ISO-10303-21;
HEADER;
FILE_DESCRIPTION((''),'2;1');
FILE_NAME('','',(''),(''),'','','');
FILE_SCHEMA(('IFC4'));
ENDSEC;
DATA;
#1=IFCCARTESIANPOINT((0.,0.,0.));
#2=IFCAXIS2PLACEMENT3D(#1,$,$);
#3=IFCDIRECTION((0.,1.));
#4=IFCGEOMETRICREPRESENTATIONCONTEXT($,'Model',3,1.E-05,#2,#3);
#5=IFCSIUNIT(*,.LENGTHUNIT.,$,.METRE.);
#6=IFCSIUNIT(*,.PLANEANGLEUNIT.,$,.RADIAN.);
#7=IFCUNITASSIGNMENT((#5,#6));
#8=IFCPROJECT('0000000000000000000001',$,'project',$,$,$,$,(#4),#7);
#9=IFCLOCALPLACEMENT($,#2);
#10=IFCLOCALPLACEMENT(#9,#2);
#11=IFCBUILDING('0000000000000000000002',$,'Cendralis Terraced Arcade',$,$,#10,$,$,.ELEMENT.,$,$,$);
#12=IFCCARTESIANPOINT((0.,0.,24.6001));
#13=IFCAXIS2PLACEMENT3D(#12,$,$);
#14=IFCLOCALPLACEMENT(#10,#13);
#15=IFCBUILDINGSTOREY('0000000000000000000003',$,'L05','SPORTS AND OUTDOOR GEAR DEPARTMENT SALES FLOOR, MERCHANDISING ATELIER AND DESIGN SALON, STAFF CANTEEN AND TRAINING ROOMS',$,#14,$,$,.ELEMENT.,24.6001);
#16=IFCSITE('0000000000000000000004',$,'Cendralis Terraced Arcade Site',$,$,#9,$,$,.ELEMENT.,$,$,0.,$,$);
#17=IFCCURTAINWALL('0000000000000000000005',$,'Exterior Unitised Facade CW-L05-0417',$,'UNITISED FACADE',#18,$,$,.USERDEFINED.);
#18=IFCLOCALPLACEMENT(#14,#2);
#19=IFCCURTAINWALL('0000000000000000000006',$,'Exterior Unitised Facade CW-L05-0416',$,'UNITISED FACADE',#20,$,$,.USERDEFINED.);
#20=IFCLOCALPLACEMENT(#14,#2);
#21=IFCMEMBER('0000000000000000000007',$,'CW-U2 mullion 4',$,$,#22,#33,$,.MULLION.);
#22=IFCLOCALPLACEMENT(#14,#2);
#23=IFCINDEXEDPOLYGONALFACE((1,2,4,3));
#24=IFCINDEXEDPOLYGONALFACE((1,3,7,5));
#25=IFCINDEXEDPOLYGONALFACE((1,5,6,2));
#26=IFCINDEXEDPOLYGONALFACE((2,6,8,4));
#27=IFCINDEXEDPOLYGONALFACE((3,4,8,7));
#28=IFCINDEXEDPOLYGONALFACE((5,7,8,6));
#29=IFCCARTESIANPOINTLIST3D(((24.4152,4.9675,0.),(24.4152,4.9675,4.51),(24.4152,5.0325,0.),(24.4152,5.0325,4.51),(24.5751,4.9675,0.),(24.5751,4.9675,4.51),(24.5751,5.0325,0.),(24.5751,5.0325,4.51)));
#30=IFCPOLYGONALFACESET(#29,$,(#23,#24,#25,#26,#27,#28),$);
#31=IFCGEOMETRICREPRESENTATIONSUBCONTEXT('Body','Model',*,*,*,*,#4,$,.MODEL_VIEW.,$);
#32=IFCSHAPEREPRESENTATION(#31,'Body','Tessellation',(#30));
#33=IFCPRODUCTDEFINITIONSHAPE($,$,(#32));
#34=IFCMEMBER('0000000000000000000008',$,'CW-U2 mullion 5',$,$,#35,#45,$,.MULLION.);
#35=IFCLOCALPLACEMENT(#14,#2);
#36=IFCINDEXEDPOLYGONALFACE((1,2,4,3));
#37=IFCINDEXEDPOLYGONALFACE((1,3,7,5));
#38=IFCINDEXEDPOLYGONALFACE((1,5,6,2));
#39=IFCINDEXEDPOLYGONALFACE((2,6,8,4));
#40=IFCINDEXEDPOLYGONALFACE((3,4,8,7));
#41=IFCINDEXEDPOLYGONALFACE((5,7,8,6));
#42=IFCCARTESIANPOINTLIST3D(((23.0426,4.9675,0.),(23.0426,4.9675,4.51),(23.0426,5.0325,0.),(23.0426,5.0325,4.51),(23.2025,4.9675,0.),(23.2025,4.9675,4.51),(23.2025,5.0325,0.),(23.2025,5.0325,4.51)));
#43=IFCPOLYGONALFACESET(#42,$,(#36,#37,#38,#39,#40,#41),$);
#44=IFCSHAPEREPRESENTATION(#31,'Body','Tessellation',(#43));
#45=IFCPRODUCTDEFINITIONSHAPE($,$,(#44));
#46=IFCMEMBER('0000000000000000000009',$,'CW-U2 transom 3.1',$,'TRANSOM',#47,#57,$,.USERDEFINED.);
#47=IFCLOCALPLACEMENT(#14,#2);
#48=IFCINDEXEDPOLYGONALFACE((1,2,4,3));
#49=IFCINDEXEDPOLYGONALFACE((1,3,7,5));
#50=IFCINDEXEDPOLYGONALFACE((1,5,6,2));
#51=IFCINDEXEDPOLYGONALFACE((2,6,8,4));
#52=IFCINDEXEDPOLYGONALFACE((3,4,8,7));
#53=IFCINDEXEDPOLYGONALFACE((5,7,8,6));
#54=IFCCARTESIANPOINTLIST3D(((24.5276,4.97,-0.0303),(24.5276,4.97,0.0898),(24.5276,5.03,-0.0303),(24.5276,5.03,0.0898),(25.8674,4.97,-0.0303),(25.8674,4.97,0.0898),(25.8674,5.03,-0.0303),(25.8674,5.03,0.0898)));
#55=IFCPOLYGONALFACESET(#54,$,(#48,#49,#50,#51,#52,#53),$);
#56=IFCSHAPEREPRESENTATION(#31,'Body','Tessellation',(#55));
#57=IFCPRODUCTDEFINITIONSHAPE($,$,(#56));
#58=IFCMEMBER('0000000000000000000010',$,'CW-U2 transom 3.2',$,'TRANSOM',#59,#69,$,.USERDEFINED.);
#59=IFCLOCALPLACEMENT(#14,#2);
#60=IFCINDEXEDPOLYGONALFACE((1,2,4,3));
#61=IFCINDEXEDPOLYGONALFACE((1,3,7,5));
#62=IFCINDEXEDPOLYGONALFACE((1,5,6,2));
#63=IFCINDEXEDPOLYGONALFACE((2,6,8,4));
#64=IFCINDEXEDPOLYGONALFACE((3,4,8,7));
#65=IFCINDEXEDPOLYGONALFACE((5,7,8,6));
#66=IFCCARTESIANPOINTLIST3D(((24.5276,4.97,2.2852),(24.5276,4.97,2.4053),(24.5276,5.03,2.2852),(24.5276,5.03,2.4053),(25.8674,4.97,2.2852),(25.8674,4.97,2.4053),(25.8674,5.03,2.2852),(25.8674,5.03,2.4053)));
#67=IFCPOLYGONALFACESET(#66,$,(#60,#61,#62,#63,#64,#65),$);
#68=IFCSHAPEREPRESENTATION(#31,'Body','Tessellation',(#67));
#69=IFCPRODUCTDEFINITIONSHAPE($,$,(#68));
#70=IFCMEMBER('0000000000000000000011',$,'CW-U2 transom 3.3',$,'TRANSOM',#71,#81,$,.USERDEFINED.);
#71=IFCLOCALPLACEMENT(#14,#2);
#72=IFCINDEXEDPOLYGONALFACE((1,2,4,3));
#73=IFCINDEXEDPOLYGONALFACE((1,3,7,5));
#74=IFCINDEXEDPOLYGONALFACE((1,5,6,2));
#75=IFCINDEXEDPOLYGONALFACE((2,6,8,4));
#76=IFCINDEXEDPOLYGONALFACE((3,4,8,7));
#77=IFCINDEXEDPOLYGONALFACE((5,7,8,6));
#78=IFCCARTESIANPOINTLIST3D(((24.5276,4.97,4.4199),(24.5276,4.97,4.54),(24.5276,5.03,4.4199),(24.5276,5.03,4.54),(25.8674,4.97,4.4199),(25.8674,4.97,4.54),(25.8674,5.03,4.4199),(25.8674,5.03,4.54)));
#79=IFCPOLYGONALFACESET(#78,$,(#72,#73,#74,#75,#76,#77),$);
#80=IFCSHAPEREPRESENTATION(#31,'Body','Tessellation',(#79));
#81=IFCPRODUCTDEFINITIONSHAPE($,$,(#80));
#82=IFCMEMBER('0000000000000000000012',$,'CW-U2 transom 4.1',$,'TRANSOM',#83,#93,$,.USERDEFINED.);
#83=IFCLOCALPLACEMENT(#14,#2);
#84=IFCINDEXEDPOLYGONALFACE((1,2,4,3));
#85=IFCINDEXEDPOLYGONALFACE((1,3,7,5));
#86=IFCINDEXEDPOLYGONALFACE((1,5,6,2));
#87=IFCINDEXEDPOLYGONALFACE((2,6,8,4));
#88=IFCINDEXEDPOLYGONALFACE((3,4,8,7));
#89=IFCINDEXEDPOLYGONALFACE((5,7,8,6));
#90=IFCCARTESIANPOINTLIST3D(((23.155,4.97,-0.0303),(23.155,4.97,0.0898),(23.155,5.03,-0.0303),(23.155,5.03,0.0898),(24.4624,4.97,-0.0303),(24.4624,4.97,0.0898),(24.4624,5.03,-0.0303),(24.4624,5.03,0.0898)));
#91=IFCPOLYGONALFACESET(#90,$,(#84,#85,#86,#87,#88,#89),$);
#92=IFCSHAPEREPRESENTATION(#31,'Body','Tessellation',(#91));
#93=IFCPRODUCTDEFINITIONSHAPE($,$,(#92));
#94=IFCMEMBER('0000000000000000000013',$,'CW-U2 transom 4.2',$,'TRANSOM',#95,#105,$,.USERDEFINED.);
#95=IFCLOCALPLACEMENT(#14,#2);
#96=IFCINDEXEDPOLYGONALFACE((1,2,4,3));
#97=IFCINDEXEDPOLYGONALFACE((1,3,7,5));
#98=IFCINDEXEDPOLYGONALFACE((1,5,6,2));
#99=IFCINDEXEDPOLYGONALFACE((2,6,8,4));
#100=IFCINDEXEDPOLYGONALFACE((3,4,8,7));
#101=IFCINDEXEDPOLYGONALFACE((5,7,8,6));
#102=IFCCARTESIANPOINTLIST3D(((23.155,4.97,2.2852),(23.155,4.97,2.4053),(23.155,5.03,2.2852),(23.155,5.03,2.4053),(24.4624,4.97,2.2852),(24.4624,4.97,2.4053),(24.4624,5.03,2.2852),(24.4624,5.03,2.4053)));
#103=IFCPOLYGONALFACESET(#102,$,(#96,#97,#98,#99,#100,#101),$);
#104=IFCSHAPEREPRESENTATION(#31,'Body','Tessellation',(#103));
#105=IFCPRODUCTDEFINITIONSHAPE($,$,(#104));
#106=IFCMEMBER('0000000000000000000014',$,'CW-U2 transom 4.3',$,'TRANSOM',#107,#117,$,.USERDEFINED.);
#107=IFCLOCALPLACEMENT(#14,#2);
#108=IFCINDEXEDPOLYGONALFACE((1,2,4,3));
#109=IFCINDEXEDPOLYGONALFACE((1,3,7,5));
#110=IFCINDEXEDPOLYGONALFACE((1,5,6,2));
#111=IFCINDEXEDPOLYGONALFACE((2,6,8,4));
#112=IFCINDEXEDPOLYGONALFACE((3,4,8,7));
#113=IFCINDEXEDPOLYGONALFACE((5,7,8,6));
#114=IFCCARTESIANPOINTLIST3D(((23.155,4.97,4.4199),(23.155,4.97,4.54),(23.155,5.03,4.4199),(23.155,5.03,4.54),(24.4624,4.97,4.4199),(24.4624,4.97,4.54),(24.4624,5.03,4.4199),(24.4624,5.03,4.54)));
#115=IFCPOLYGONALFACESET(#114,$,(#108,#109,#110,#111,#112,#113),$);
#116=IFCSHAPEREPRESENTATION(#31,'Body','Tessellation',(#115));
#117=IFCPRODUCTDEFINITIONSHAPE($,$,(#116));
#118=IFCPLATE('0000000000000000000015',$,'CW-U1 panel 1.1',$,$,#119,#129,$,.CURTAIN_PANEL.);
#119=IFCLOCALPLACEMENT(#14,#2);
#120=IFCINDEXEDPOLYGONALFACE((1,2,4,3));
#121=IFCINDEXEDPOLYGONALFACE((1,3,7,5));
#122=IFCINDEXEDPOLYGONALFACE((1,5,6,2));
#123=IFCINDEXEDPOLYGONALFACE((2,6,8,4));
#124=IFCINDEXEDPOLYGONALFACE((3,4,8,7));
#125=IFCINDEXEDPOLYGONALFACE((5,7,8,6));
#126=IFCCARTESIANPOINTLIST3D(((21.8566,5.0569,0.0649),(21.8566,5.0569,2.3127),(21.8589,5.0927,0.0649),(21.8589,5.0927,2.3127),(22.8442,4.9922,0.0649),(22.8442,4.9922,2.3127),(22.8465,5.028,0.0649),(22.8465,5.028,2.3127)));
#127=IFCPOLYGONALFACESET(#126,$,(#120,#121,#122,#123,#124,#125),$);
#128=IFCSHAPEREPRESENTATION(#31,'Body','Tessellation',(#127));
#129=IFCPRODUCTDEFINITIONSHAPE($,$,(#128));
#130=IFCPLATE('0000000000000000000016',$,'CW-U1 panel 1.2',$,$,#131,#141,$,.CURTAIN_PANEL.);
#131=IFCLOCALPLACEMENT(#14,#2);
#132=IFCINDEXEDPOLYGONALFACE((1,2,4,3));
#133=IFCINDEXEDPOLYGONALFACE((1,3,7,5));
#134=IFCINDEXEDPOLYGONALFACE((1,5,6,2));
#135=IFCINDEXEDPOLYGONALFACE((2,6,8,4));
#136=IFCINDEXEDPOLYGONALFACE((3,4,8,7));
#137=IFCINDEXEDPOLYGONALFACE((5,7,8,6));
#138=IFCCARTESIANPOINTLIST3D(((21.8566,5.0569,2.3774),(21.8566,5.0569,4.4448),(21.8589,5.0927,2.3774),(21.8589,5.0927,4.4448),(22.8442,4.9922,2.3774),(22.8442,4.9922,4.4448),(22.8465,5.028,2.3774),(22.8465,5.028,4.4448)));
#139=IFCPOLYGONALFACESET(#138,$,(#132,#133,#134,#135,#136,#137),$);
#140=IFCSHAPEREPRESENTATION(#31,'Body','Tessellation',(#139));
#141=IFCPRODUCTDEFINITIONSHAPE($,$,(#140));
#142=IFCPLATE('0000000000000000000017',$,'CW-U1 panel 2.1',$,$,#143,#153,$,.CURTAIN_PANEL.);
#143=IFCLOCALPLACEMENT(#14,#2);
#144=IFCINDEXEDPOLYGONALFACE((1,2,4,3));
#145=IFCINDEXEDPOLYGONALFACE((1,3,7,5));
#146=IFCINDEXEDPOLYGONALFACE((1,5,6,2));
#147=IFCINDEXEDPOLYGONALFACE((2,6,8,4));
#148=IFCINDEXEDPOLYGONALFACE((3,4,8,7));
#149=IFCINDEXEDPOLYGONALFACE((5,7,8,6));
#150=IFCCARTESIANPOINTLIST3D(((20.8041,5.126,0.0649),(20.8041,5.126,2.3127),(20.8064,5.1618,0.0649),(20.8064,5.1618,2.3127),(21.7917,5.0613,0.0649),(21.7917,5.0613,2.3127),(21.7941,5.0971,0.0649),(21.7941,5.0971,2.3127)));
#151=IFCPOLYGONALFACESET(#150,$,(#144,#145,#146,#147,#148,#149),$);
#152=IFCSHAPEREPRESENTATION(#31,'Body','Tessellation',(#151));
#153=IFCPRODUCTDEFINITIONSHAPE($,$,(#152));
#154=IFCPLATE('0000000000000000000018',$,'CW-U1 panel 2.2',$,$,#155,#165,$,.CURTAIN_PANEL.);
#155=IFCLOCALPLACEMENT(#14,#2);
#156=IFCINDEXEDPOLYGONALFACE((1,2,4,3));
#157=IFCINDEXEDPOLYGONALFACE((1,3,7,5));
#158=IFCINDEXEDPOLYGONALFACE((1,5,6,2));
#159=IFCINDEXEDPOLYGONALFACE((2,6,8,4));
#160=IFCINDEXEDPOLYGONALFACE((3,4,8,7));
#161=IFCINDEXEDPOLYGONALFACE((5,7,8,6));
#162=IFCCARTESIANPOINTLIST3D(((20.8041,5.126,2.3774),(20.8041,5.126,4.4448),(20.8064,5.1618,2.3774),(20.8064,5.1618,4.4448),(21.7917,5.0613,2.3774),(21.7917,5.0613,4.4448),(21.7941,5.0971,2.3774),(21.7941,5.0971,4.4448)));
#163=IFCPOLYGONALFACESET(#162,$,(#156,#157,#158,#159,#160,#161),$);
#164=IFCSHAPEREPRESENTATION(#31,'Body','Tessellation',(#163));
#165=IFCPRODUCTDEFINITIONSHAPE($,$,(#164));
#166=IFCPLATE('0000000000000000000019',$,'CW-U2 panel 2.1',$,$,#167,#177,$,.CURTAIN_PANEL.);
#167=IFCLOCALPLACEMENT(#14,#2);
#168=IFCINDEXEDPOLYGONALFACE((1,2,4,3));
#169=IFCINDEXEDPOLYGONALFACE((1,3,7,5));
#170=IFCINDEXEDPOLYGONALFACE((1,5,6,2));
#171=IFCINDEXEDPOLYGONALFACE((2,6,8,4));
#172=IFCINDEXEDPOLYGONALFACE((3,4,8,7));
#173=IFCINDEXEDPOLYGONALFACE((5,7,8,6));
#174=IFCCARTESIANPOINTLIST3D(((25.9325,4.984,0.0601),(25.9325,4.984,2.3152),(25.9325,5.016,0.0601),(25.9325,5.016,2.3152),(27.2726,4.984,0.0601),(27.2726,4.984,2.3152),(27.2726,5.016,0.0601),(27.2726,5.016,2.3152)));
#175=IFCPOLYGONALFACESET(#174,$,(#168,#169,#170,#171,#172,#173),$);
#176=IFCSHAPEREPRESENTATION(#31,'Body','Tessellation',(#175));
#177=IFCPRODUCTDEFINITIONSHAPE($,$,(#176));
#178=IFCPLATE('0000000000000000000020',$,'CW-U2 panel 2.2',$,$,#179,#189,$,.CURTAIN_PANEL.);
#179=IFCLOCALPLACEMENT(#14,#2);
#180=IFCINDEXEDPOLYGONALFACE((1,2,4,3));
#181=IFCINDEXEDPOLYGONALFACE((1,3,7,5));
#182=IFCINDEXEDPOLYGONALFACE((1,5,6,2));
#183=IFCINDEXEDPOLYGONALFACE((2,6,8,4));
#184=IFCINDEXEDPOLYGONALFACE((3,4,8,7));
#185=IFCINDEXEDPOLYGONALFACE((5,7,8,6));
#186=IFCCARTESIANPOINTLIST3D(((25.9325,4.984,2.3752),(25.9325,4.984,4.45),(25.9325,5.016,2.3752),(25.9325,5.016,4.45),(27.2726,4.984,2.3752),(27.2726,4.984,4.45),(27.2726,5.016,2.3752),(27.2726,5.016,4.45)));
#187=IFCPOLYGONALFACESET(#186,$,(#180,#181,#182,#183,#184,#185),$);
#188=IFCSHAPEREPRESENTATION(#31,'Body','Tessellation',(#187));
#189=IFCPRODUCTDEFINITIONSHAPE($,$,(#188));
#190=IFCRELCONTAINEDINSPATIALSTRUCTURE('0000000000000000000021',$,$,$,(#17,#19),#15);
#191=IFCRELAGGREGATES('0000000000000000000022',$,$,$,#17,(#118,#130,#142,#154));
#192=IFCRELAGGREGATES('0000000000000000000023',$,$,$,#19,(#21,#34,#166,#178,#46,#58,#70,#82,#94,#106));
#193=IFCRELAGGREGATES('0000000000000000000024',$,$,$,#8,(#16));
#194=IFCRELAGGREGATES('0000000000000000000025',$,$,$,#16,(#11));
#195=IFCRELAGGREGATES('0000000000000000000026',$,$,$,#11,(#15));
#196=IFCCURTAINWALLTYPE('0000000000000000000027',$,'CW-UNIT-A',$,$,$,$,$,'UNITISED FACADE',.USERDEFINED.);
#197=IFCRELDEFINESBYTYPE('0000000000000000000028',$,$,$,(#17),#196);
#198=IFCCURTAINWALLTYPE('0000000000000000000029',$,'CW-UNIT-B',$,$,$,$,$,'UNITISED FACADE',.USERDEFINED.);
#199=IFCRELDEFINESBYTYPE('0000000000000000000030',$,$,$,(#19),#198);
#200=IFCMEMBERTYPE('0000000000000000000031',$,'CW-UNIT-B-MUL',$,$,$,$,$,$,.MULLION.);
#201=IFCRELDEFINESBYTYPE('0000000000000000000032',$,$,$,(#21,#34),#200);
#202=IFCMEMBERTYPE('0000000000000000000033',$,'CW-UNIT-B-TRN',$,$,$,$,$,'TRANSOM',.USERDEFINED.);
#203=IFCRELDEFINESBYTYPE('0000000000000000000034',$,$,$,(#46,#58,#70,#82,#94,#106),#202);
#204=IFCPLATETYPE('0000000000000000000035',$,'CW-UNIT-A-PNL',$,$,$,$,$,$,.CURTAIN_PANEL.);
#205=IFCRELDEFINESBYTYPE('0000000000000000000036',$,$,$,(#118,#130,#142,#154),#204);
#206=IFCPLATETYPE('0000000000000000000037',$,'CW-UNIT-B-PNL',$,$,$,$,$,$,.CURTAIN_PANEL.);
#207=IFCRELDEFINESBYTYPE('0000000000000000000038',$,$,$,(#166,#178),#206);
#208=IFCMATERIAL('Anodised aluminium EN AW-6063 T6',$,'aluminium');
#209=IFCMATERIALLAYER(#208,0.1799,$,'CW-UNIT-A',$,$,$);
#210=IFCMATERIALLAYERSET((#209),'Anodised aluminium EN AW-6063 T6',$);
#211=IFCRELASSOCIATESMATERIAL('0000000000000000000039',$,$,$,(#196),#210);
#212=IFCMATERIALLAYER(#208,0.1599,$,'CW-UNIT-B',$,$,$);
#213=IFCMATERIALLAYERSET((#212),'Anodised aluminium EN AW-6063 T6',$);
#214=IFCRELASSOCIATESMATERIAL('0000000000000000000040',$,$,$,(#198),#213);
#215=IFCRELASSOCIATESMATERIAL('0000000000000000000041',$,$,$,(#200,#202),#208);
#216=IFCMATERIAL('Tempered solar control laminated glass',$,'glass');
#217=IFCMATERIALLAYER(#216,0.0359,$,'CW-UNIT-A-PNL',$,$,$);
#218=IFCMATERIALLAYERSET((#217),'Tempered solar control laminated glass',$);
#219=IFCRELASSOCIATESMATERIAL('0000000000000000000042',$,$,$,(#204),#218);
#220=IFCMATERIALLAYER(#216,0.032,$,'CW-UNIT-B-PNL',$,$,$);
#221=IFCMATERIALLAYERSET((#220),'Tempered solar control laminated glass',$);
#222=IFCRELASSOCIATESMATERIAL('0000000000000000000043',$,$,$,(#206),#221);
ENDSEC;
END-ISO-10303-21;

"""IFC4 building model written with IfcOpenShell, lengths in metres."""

from ifc_helpers import new_model, si_unit, direction, frame, origin, origin_2d, place, context, subcontext, project, spatial, rectangle, extrude, material, layer, layer_set, material_profile, profile_set, type_object, element, aggregate, save


model = new_model("IFC4")

# Units and contexts
model_context = context("Model", 3, precision=1e-05, world=origin(), true_north=direction((0.0, 1.0)))
body_context = subcontext(model_context, "Body", "Model", "MODEL_VIEW")
ifc_project = project(units=[si_unit("LENGTHUNIT", "METRE"), si_unit("PLANEANGLEUNIT", "RADIAN")], contexts=[model_context])

# Site, building, storey
site_placement = place(None, origin())
site = spatial("IfcSite", under=ifc_project, at=site_placement, Name="Cendralis Terraced Arcade Site", CompositionType="ELEMENT", RefElevation=0.0)
building_placement = place(site_placement, origin())
building = spatial("IfcBuilding", under=site, at=building_placement, Name="Cendralis Terraced Arcade", CompositionType="ELEMENT")
storey_placement = place(building_placement, frame((0.0, 0.0, 24.6001)))
storey = spatial("IfcBuildingStorey", under=building, at=storey_placement, Name="L05", Description="SPORTS AND OUTDOOR GEAR DEPARTMENT SALES FLOOR, MERCHANDISING ATELIER AND DESIGN SALON, STAFF CANTEEN AND TRAINING ROOMS", CompositionType="ELEMENT", Elevation=24.6001)

# Curtain wall
ifc_material_1 = material(Name="Anodised aluminium EN AW-6063 T6", Category="aluminium")
ifc_layer_1 = layer(ifc_material_1, 0.1799, Name="CW-UNIT-A")
ifc_layer_set_1 = layer_set([ifc_layer_1], Name="Anodised aluminium EN AW-6063 T6")
curtain_wall_type_1 = type_object("IfcCurtainWallType", Name="CW-UNIT-A", ElementType="UNITISED FACADE", PredefinedType="USERDEFINED", material=ifc_layer_set_1)
curtain_wall_1_placement = place(storey_placement, origin())
curtain_wall_1 = element("IfcCurtainWall", 1, at=curtain_wall_1_placement, inside=storey, type_object=curtain_wall_type_1, Name="Exterior Unitised Facade CW-L05-0417", ObjectType="UNITISED FACADE", PredefinedType="USERDEFINED")

# Curtain wall, members
ifc_layer_2 = layer(ifc_material_1, 0.1599, Name="CW-UNIT-B")
ifc_layer_set_2 = layer_set([ifc_layer_2], Name="Anodised aluminium EN AW-6063 T6")
curtain_wall_type_2 = type_object("IfcCurtainWallType", Name="CW-UNIT-B", ElementType="UNITISED FACADE", PredefinedType="USERDEFINED", material=ifc_layer_set_2)
curtain_wall_2_placement = place(storey_placement, origin())
curtain_wall_2 = element("IfcCurtainWall", 2, at=curtain_wall_2_placement, inside=storey, type_object=curtain_wall_type_2, Name="Exterior Unitised Facade CW-L05-0416", ObjectType="UNITISED FACADE", PredefinedType="USERDEFINED")
ifc_material_profile_1 = material_profile(ifc_material_1, rectangle(XDim=0.0649, YDim=0.1599, at=origin_2d()), Name="ALU-MUL-65x160")
ifc_profile_set_1 = profile_set([ifc_material_profile_1], Name="Anodised aluminium EN AW-6063 T6")
member_type_1 = type_object("IfcMemberType", Name="CW-UNIT-B-MUL", PredefinedType="MULLION", material=ifc_profile_set_1)
member_1_placement = place(storey_placement, frame((24.4951, 5.0, 0.0), z_axis=(0.0, 0.0, 1.0), x_axis=(0.0, -1.0, 0.0)))
member_1 = element("IfcMember", 3, at=member_1_placement, type_object=member_type_1, Name="CW-U2 mullion 4", PredefinedType="MULLION", context=body_context, shape_type="SweptSolid", body=[
    extrude(rectangle(XDim=0.0649, YDim=0.1599, at=origin_2d()), origin(), (0.0, 0.0, 1.0), 4.51),
])
member_2_placement = place(storey_placement, frame((23.1226, 5.0, 0.0), z_axis=(0.0, 0.0, 1.0), x_axis=(0.0, -1.0, 0.0)))
member_2 = element("IfcMember", 4, at=member_2_placement, type_object=member_type_1, Name="CW-U2 mullion 5", PredefinedType="MULLION", context=body_context, shape_type="SweptSolid", body=[
    extrude(rectangle(XDim=0.0649, YDim=0.1599, at=origin_2d()), origin(), (0.0, 0.0, 1.0), 4.51),
])
ifc_material_profile_2 = material_profile(ifc_material_1, rectangle(XDim=0.0601, YDim=0.1201, at=origin_2d()), Name="ALU-TRN-60x120")
ifc_profile_set_2 = profile_set([ifc_material_profile_2], Name="Anodised aluminium EN AW-6063 T6")
member_type_2 = type_object("IfcMemberType", Name="CW-UNIT-B-TRN", ElementType="TRANSOM", PredefinedType="USERDEFINED", material=ifc_profile_set_2)
member_3_placement = place(storey_placement, frame((25.8674, 5.0, 0.0298), z_axis=(-1.0, 0.0, 0.0), x_axis=(0.0, -1.0, 0.0)))
member_3 = element("IfcMember", 5, at=member_3_placement, type_object=member_type_2, Name="CW-U2 transom 3.1", ObjectType="TRANSOM", PredefinedType="USERDEFINED", context=body_context, shape_type="SweptSolid", body=[
    extrude(rectangle(XDim=0.0601, YDim=0.1201, at=origin_2d()), origin(), (0.0, 0.0, 1.0), 1.3398),
])
member_4_placement = place(storey_placement, frame((25.8674, 5.0, 2.3452), z_axis=(-1.0, 0.0, 0.0), x_axis=(0.0, -1.0, 0.0)))
member_4 = element("IfcMember", 6, at=member_4_placement, type_object=member_type_2, Name="CW-U2 transom 3.2", ObjectType="TRANSOM", PredefinedType="USERDEFINED", context=body_context, shape_type="SweptSolid", body=[
    extrude(rectangle(XDim=0.0601, YDim=0.1201, at=origin_2d()), origin(), (0.0, 0.0, 1.0), 1.3398),
])
member_5_placement = place(storey_placement, frame((25.8674, 5.0, 4.48), z_axis=(-1.0, 0.0, 0.0), x_axis=(0.0, -1.0, 0.0)))
member_5 = element("IfcMember", 7, at=member_5_placement, type_object=member_type_2, Name="CW-U2 transom 3.3", ObjectType="TRANSOM", PredefinedType="USERDEFINED", context=body_context, shape_type="SweptSolid", body=[
    extrude(rectangle(XDim=0.0601, YDim=0.1201, at=origin_2d()), origin(), (0.0, 0.0, 1.0), 1.3398),
])
member_6_placement = place(storey_placement, frame((24.4624, 5.0, 0.0298), z_axis=(-1.0, 0.0, 0.0), x_axis=(0.0, -1.0, 0.0)))
member_6 = element("IfcMember", 8, at=member_6_placement, type_object=member_type_2, Name="CW-U2 transom 4.1", ObjectType="TRANSOM", PredefinedType="USERDEFINED", context=body_context, shape_type="SweptSolid", body=[
    extrude(rectangle(XDim=0.0601, YDim=0.1201, at=origin_2d()), origin(), (0.0, 0.0, 1.0), 1.3074),
])
member_7_placement = place(storey_placement, frame((24.4624, 5.0, 2.3452), z_axis=(-1.0, 0.0, 0.0), x_axis=(0.0, -1.0, 0.0)))
member_7 = element("IfcMember", 9, at=member_7_placement, type_object=member_type_2, Name="CW-U2 transom 4.2", ObjectType="TRANSOM", PredefinedType="USERDEFINED", context=body_context, shape_type="SweptSolid", body=[
    extrude(rectangle(XDim=0.0601, YDim=0.1201, at=origin_2d()), origin(), (0.0, 0.0, 1.0), 1.3074),
])
member_8_placement = place(storey_placement, frame((24.4624, 5.0, 4.48), z_axis=(-1.0, 0.0, 0.0), x_axis=(0.0, -1.0, 0.0)))
member_8 = element("IfcMember", 10, at=member_8_placement, type_object=member_type_2, Name="CW-U2 transom 4.3", ObjectType="TRANSOM", PredefinedType="USERDEFINED", context=body_context, shape_type="SweptSolid", body=[
    extrude(rectangle(XDim=0.0601, YDim=0.1201, at=origin_2d()), origin(), (0.0, 0.0, 1.0), 1.3074),
])

# Plates
ifc_material_2 = material(Name="Tempered solar control laminated glass", Category="glass")
ifc_layer_3 = layer(ifc_material_2, 0.0359, Name="CW-UNIT-A-PNL")
ifc_layer_set_3 = layer_set([ifc_layer_3], Name="Tempered solar control laminated glass")
plate_type_1 = type_object("IfcPlateType", Name="CW-UNIT-A-PNL", PredefinedType="CURTAIN_PANEL", material=ifc_layer_set_3)
plate_1_placement = place(storey_placement, frame((22.3516, 5.0425, 0.0649), z_axis=(0.0, 0.0, 1.0), x_axis=(-0.99786, 0.065393, 0.0)))
plate_1 = element("IfcPlate", 11, at=plate_1_placement, type_object=plate_type_1, Name="CW-U1 panel 1.1", PredefinedType="CURTAIN_PANEL", context=body_context, shape_type="SweptSolid", body=[
    extrude(rectangle(XDim=0.9897, YDim=0.0359, at=origin_2d()), origin(), (0.0, 0.0, 1.0), 2.2478),
])
plate_2_placement = place(storey_placement, frame((22.3516, 5.0425, 2.3774), z_axis=(0.0, 0.0, 1.0), x_axis=(-0.99786, 0.065393, 0.0)))
plate_2 = element("IfcPlate", 12, at=plate_2_placement, type_object=plate_type_1, Name="CW-U1 panel 1.2", PredefinedType="CURTAIN_PANEL", context=body_context, shape_type="SweptSolid", body=[
    extrude(rectangle(XDim=0.9897, YDim=0.0359, at=origin_2d()), origin(), (0.0, 0.0, 1.0), 2.0674),
])
plate_3_placement = place(storey_placement, frame((21.2991, 5.1116, 0.0649), z_axis=(0.0, 0.0, 1.0), x_axis=(-0.99786, 0.065393, 0.0)))
plate_3 = element("IfcPlate", 13, at=plate_3_placement, type_object=plate_type_1, Name="CW-U1 panel 2.1", PredefinedType="CURTAIN_PANEL", context=body_context, shape_type="SweptSolid", body=[
    extrude(rectangle(XDim=0.9897, YDim=0.0359, at=origin_2d()), origin(), (0.0, 0.0, 1.0), 2.2478),
])
plate_4_placement = place(storey_placement, frame((21.2991, 5.1116, 2.3774), z_axis=(0.0, 0.0, 1.0), x_axis=(-0.99786, 0.065393, 0.0)))
plate_4 = element("IfcPlate", 14, at=plate_4_placement, type_object=plate_type_1, Name="CW-U1 panel 2.2", PredefinedType="CURTAIN_PANEL", context=body_context, shape_type="SweptSolid", body=[
    extrude(rectangle(XDim=0.9897, YDim=0.0359, at=origin_2d()), origin(), (0.0, 0.0, 1.0), 2.0674),
])
aggregate(curtain_wall_1, [plate_1, plate_2, plate_3, plate_4])
ifc_layer_4 = layer(ifc_material_2, 0.032, Name="CW-UNIT-B-PNL")
ifc_layer_set_4 = layer_set([ifc_layer_4], Name="Tempered solar control laminated glass")
plate_type_2 = type_object("IfcPlateType", Name="CW-UNIT-B-PNL", PredefinedType="CURTAIN_PANEL", material=ifc_layer_set_4)
plate_5_placement = place(storey_placement, frame((26.6025, 5.0, 0.0601), z_axis=(0.0, 0.0, 1.0), x_axis=(-1.0, 0.0, 0.0)))
plate_5 = element("IfcPlate", 15, at=plate_5_placement, type_object=plate_type_2, Name="CW-U2 panel 2.1", PredefinedType="CURTAIN_PANEL", context=body_context, shape_type="SweptSolid", body=[
    extrude(rectangle(XDim=1.3401, YDim=0.032, at=origin_2d()), origin(), (0.0, 0.0, 1.0), 2.2551),
])
plate_6_placement = place(storey_placement, frame((26.6025, 5.0, 2.3752), z_axis=(0.0, 0.0, 1.0), x_axis=(-1.0, 0.0, 0.0)))
plate_6 = element("IfcPlate", 16, at=plate_6_placement, type_object=plate_type_2, Name="CW-U2 panel 2.2", PredefinedType="CURTAIN_PANEL", context=body_context, shape_type="SweptSolid", body=[
    extrude(rectangle(XDim=1.3401, YDim=0.032, at=origin_2d()), origin(), (0.0, 0.0, 1.0), 2.0747),
])
aggregate(curtain_wall_2, [member_1, member_2, plate_5, plate_6, member_3, member_4, member_5, member_6, member_7, member_8])

save(model, "model.ifc")
